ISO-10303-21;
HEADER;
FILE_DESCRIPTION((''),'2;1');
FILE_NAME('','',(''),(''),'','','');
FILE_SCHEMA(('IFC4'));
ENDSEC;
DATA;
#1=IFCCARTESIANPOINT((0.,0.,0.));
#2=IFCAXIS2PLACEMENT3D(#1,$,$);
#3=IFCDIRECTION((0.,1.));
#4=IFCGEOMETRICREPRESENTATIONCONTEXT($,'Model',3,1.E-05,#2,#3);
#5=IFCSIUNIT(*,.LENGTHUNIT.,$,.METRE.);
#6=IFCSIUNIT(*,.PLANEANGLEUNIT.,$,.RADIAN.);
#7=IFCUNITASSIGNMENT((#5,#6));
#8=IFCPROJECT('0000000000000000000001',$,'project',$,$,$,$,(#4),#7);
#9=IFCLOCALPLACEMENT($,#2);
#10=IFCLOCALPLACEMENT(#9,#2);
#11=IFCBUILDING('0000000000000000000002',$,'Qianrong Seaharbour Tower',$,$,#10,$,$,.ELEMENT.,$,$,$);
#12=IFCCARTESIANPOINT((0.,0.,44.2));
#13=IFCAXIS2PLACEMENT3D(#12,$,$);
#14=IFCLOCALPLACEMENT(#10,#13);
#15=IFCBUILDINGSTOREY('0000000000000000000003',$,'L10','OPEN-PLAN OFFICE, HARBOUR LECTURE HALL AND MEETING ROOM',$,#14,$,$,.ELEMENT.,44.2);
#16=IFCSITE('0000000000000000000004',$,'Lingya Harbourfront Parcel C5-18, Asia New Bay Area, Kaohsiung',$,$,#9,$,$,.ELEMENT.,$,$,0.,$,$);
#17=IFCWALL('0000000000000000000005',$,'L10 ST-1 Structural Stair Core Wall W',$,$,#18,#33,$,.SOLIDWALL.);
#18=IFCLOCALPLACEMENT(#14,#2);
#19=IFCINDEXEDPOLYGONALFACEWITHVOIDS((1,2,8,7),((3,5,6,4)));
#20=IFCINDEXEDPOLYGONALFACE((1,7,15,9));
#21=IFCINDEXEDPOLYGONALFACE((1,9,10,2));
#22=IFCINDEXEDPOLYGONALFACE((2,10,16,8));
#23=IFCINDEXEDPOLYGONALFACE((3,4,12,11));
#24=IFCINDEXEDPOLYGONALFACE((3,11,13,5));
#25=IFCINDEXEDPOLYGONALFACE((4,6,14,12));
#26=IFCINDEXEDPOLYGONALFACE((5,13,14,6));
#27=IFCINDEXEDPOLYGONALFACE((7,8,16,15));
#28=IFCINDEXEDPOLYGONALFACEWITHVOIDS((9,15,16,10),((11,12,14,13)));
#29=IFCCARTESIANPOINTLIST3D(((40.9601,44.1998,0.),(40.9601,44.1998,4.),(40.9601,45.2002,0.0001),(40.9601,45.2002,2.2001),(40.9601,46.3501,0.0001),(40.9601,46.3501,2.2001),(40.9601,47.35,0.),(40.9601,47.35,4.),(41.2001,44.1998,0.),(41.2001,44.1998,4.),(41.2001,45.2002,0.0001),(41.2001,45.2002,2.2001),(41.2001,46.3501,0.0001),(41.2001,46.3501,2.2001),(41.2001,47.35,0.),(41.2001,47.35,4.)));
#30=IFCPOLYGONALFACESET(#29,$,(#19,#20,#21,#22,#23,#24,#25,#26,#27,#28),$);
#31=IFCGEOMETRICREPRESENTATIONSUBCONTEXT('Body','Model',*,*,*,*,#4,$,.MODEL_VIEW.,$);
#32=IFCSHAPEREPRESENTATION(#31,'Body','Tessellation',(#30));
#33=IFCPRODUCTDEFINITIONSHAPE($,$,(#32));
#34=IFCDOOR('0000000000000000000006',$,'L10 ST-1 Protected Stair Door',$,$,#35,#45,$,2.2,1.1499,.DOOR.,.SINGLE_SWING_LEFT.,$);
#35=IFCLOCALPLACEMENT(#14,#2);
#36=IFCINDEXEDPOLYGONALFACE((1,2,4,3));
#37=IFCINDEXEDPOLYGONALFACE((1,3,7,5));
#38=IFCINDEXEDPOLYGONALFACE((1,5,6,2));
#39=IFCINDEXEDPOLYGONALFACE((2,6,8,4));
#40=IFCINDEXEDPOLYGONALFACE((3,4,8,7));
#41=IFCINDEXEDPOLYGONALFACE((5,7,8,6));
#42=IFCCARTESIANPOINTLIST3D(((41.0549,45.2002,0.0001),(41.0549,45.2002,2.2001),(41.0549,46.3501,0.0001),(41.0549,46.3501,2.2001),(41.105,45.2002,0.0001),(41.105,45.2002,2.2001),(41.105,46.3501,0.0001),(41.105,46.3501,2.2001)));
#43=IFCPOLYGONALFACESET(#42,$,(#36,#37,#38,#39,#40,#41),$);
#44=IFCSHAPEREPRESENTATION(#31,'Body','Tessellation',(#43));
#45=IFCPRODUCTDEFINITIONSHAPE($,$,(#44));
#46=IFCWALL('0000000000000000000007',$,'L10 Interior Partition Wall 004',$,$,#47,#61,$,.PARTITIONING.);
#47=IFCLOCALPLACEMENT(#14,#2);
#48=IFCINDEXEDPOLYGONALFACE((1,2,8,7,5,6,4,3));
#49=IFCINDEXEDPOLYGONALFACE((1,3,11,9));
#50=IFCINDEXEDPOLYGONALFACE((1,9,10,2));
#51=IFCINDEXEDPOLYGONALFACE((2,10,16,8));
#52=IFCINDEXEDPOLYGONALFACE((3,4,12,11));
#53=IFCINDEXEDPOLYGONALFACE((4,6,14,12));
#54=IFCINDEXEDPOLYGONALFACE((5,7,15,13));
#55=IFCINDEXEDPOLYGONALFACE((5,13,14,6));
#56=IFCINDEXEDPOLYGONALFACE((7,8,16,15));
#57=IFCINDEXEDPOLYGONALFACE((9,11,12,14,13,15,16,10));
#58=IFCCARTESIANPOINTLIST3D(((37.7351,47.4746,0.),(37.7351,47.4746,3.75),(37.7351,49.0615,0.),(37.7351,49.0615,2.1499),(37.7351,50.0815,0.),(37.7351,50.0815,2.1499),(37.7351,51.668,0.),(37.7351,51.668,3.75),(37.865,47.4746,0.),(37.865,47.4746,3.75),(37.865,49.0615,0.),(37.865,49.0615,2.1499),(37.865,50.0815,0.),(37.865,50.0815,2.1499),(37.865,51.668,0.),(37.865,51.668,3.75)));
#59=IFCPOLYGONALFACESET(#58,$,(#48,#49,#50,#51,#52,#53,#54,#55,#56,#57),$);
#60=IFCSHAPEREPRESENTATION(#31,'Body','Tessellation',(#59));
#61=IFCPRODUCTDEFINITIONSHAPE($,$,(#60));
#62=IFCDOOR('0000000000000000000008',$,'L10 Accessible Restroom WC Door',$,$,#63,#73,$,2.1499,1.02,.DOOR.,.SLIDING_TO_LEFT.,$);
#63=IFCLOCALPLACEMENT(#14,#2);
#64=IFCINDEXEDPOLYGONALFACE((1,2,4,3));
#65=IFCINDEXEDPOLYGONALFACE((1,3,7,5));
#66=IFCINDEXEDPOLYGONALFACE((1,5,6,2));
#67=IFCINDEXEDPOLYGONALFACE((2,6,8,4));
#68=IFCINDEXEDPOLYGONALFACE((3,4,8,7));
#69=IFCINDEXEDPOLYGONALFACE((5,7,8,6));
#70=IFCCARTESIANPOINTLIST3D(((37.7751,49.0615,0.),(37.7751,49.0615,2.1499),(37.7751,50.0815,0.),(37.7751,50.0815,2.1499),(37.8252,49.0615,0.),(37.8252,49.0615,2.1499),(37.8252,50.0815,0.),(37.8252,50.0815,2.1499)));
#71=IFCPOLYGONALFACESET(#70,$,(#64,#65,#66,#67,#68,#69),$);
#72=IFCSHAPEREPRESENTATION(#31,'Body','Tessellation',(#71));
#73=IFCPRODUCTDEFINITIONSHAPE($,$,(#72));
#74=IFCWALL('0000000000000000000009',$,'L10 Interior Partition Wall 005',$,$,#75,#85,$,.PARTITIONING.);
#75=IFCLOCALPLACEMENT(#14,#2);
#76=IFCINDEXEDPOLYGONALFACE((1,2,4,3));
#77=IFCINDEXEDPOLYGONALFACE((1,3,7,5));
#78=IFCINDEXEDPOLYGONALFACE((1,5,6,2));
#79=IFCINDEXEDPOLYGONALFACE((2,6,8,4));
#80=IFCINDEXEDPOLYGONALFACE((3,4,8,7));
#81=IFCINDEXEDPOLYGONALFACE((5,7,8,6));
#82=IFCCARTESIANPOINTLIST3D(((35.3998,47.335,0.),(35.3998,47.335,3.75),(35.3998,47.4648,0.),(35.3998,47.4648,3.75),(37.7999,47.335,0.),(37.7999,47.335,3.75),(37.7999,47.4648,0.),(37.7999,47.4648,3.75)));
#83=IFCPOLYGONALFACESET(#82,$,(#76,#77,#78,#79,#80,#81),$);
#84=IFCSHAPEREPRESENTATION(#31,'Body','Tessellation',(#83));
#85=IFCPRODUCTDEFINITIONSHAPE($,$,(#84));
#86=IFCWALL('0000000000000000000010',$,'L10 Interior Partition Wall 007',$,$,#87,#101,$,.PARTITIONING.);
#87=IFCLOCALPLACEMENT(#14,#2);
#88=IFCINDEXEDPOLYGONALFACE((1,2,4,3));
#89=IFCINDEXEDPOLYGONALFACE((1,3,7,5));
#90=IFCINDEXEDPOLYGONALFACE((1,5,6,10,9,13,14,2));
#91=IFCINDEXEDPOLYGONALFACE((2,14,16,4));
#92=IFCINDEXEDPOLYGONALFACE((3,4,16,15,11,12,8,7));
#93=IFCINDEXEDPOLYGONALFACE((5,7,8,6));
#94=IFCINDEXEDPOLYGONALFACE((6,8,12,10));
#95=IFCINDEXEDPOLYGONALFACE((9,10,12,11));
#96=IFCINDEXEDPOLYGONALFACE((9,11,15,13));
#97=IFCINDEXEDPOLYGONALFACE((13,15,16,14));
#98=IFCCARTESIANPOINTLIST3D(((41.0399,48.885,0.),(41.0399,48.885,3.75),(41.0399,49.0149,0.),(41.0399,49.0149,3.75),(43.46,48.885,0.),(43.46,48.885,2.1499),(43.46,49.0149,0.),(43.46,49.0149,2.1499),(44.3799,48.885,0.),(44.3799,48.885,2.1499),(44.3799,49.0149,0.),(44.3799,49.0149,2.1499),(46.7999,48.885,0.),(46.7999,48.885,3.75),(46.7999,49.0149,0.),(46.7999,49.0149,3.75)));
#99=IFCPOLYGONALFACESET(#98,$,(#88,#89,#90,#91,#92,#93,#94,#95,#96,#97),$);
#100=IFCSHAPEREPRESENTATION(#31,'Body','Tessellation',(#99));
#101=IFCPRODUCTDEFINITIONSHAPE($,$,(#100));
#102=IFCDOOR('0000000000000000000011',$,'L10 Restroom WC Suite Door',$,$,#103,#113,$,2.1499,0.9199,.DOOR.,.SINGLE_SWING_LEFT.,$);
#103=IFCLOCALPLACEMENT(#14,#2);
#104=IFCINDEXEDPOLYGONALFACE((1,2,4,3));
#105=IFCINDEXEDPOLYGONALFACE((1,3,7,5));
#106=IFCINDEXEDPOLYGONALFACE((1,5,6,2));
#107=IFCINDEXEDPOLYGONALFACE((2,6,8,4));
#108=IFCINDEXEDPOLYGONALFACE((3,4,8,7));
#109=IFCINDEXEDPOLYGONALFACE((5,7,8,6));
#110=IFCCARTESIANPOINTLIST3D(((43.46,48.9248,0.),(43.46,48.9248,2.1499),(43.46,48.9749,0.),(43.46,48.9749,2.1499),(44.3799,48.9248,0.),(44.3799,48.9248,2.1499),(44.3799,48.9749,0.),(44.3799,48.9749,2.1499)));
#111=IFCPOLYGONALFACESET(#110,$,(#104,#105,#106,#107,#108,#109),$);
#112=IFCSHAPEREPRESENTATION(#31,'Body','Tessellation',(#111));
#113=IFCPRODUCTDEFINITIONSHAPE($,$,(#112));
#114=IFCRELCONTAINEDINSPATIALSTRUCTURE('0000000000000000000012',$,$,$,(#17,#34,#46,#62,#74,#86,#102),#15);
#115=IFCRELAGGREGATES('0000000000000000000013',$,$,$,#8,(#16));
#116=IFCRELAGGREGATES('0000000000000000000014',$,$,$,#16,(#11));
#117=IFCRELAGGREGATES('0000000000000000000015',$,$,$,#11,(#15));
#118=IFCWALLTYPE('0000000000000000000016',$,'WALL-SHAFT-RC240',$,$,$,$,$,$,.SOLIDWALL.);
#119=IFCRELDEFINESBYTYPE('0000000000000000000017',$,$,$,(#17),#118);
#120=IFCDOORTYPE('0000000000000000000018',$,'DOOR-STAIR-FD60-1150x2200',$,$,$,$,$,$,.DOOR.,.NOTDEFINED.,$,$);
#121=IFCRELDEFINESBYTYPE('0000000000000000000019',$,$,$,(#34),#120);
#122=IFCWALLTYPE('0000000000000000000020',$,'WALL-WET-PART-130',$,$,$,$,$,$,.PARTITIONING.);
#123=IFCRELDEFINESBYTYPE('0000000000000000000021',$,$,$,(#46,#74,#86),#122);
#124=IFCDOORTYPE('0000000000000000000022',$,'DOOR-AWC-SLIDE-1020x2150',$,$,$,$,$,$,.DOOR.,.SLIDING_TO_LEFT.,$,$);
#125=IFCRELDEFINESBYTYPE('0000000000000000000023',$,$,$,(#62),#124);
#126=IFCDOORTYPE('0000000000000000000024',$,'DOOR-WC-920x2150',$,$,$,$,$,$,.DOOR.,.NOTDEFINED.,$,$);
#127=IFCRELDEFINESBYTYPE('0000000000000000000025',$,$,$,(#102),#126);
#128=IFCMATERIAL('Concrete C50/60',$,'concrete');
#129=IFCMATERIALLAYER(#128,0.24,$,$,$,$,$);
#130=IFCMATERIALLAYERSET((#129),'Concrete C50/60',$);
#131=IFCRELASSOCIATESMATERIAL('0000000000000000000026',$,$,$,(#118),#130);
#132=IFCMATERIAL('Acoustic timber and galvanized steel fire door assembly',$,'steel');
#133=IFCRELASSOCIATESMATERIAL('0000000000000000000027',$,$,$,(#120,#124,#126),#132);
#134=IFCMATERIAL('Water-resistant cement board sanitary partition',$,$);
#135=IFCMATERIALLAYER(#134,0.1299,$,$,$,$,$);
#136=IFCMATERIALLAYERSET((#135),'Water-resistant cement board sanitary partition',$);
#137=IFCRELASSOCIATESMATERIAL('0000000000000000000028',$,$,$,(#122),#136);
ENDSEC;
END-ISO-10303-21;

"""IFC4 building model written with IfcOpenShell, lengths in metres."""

from ifc_helpers import new_model, si_unit, direction, frame, frame_2d, origin, place, context, subcontext, project, spatial, rectangle, extrude, material, layer, layer_set, type_object, element, fill, save


model = new_model("IFC4")

# Units and contexts
model_context = context("Model", 3, precision=1e-05, world=origin(), true_north=direction((0.0, 1.0)))
body_context = subcontext(model_context, "Body", "Model", "MODEL_VIEW")
ifc_project = project(units=[si_unit("LENGTHUNIT", "METRE"), si_unit("PLANEANGLEUNIT", "RADIAN")], contexts=[model_context])

# Site, building, storey
site_placement = place(None, origin())
site = spatial("IfcSite", under=ifc_project, at=site_placement, Name="Lingya Harbourfront Parcel C5-18, Asia New Bay Area, Kaohsiung", CompositionType="ELEMENT", RefElevation=0.0)
building_placement = place(site_placement, origin())
building = spatial("IfcBuilding", under=site, at=building_placement, Name="Qianrong Seaharbour Tower", CompositionType="ELEMENT")
storey_placement = place(building_placement, frame((0.0, 0.0, 44.2)))
storey = spatial("IfcBuildingStorey", under=building, at=storey_placement, Name="L10", Description="OPEN-PLAN OFFICE, HARBOUR LECTURE HALL AND MEETING ROOM", CompositionType="ELEMENT", Elevation=44.2)

# Shared definitions
ifc_material_1 = material(Name="Acoustic timber and galvanized steel fire door assembly", Category="steel")

# Shared definitions
ifc_material_2 = material(Name="Concrete C50/60", Category="concrete")
ifc_layer_1 = layer(ifc_material_2, 0.24)
ifc_layer_set_1 = layer_set([ifc_layer_1], Name="Concrete C50/60")
wall_type_1 = type_object("IfcWallType", Name="WALL-SHAFT-RC240", PredefinedType="SOLIDWALL", material=ifc_layer_set_1)

# Walls, openings, doors
wall_1_placement = place(storey_placement, frame((41.0801, 47.3501, 0.0), z_axis=(0.0, 0.0, 1.0), x_axis=(0.0, -1.0, 0.0)))
wall_1 = element("IfcWall", 1, at=wall_1_placement, inside=storey, type_object=wall_type_1, Name="L10 ST-1 Structural Stair Core Wall W", PredefinedType="SOLIDWALL", context=body_context, shape_type="SweptSolid", body=[
    extrude(rectangle(XDim=3.1501, YDim=0.24, at=frame_2d((1.5752, 0.0))), origin(), (0.0, 0.0, 1.0), 4.0),
])
opening_1_placement = place(wall_1_placement, frame((1.0, 0.0, 0.0)))
opening_1 = element("IfcOpeningElement", 2, at=opening_1_placement, cuts=wall_1, PredefinedType="OPENING", context=body_context, shape_type="SweptSolid", body=[
    extrude(rectangle(XDim=1.1499, YDim=2.2, at=frame_2d((0.575, 1.1001))), frame((0.0, 0.1299, 0.0), z_axis=(0.0, -1.0, 0.0), x_axis=(1.0, 0.0, 0.0)), (0.0, 0.0, 1.0), 0.26),
])
door_type_1 = type_object("IfcDoorType", Name="DOOR-STAIR-FD60-1150x2200", OperationType="NOTDEFINED", PredefinedType="DOOR", material=ifc_material_1)
door_1_placement = place(opening_1_placement, origin())
door_1 = element("IfcDoor", 3, at=door_1_placement, inside=storey, type_object=door_type_1, Name="L10 ST-1 Protected Stair Door", OperationType="SINGLE_SWING_LEFT", OverallHeight=2.2, OverallWidth=1.1499, PredefinedType="DOOR", context=body_context, shape_type="SweptSolid", body=[
    extrude(rectangle(XDim=1.1499, YDim=2.2, at=frame_2d((0.575, 1.1001))), frame((0.0, 0.0249, 0.0), z_axis=(0.0, -1.0, 0.0), x_axis=(1.0, 0.0, 0.0)), (0.0, 0.0, 1.0), 0.05),
])
fill(opening_1, door_1)
ifc_material_3 = material(Name="Water-resistant cement board sanitary partition")
ifc_layer_2 = layer(ifc_material_3, 0.1299)
ifc_layer_set_2 = layer_set([ifc_layer_2], Name="Water-resistant cement board sanitary partition")
wall_type_2 = type_object("IfcWallType", Name="WALL-WET-PART-130", PredefinedType="PARTITIONING", material=ifc_layer_set_2)
wall_2_placement = place(storey_placement, frame((37.8, 47.4746, 0.0), z_axis=(0.0, 0.0, 1.0), x_axis=(0.0, 1.0, 0.0)))
wall_2 = element("IfcWall", 4, at=wall_2_placement, inside=storey, type_object=wall_type_2, Name="L10 Interior Partition Wall 004", PredefinedType="PARTITIONING", context=body_context, shape_type="SweptSolid", body=[
    extrude(rectangle(XDim=4.1934, YDim=0.1299, at=frame_2d((2.0967, 0.0))), origin(), (0.0, 0.0, 1.0), 3.75),
])
opening_2_placement = place(wall_2_placement, frame((1.5869, 0.0, 0.0)))
opening_2 = element("IfcOpeningElement", 5, at=opening_2_placement, cuts=wall_2, PredefinedType="OPENING", context=body_context, shape_type="SweptSolid", body=[
    extrude(rectangle(XDim=1.02, YDim=2.1499, at=frame_2d((0.51, 1.075))), frame((0.0, 0.075, 0.0), z_axis=(0.0, -1.0, 0.0), x_axis=(1.0, 0.0, 0.0)), (0.0, 0.0, 1.0), 0.1499),
])
door_type_2 = type_object("IfcDoorType", Name="DOOR-AWC-SLIDE-1020x2150", OperationType="SLIDING_TO_LEFT", PredefinedType="DOOR", material=ifc_material_1)
door_2_placement = place(opening_2_placement, origin())
door_2 = element("IfcDoor", 6, at=door_2_placement, inside=storey, type_object=door_type_2, Name="L10 Accessible Restroom WC Door", OperationType="SLIDING_TO_LEFT", OverallHeight=2.1499, OverallWidth=1.02, PredefinedType="DOOR", context=body_context, shape_type="SweptSolid", body=[
    extrude(rectangle(XDim=1.02, YDim=2.1499, at=frame_2d((0.51, 1.075))), frame((0.0, 0.0249, 0.0), z_axis=(0.0, -1.0, 0.0), x_axis=(1.0, 0.0, 0.0)), (0.0, 0.0, 1.0), 0.05),
])
fill(opening_2, door_2)

# Wall
wall_3_placement = place(storey_placement, frame((37.8, 47.3999, 0.0), z_axis=(0.0, 0.0, 1.0), x_axis=(-1.0, 0.0, 0.0)))
element("IfcWall", 7, at=wall_3_placement, inside=storey, type_object=wall_type_2, Name="L10 Interior Partition Wall 005", PredefinedType="PARTITIONING", context=body_context, shape_type="SweptSolid", body=[
    extrude(rectangle(XDim=2.4001, YDim=0.1299, at=frame_2d((1.2002, 0.0))), origin(), (0.0, 0.0, 1.0), 3.75),
])

# Wall, opening, door
wall_4_placement = place(storey_placement, frame((41.04, 48.95, 0.0), z_axis=(0.0, 0.0, 1.0), x_axis=(1.0, 0.0, 0.0)))
wall_4 = element("IfcWall", 8, at=wall_4_placement, inside=storey, type_object=wall_type_2, Name="L10 Interior Partition Wall 007", PredefinedType="PARTITIONING", context=body_context, shape_type="SweptSolid", body=[
    extrude(rectangle(XDim=5.76, YDim=0.1299, at=frame_2d((2.8799, 0.0))), origin(), (0.0, 0.0, 1.0), 3.75),
])
opening_3_placement = place(wall_4_placement, frame((2.4199, 0.0, 0.0)))
opening_3 = element("IfcOpeningElement", 9, at=opening_3_placement, cuts=wall_4, PredefinedType="OPENING", context=body_context, shape_type="SweptSolid", body=[
    extrude(rectangle(XDim=0.9199, YDim=2.1499, at=frame_2d((0.46, 1.075))), frame((0.0, 0.075, 0.0), z_axis=(0.0, -1.0, 0.0), x_axis=(1.0, 0.0, 0.0)), (0.0, 0.0, 1.0), 0.1499),
])
door_type_3 = type_object("IfcDoorType", Name="DOOR-WC-920x2150", OperationType="NOTDEFINED", PredefinedType="DOOR", material=ifc_material_1)
door_3_placement = place(opening_3_placement, origin())
door_3 = element("IfcDoor", 10, at=door_3_placement, inside=storey, type_object=door_type_3, Name="L10 Restroom WC Suite Door", OperationType="SINGLE_SWING_LEFT", OverallHeight=2.1499, OverallWidth=0.9199, PredefinedType="DOOR", context=body_context, shape_type="SweptSolid", body=[
    extrude(rectangle(XDim=0.9199, YDim=2.1499, at=frame_2d((0.46, 1.075))), frame((0.0, 0.0249, 0.0), z_axis=(0.0, -1.0, 0.0), x_axis=(1.0, 0.0, 0.0)), (0.0, 0.0, 1.0), 0.05),
])
fill(opening_3, door_3)

save(model, "model.ifc")
